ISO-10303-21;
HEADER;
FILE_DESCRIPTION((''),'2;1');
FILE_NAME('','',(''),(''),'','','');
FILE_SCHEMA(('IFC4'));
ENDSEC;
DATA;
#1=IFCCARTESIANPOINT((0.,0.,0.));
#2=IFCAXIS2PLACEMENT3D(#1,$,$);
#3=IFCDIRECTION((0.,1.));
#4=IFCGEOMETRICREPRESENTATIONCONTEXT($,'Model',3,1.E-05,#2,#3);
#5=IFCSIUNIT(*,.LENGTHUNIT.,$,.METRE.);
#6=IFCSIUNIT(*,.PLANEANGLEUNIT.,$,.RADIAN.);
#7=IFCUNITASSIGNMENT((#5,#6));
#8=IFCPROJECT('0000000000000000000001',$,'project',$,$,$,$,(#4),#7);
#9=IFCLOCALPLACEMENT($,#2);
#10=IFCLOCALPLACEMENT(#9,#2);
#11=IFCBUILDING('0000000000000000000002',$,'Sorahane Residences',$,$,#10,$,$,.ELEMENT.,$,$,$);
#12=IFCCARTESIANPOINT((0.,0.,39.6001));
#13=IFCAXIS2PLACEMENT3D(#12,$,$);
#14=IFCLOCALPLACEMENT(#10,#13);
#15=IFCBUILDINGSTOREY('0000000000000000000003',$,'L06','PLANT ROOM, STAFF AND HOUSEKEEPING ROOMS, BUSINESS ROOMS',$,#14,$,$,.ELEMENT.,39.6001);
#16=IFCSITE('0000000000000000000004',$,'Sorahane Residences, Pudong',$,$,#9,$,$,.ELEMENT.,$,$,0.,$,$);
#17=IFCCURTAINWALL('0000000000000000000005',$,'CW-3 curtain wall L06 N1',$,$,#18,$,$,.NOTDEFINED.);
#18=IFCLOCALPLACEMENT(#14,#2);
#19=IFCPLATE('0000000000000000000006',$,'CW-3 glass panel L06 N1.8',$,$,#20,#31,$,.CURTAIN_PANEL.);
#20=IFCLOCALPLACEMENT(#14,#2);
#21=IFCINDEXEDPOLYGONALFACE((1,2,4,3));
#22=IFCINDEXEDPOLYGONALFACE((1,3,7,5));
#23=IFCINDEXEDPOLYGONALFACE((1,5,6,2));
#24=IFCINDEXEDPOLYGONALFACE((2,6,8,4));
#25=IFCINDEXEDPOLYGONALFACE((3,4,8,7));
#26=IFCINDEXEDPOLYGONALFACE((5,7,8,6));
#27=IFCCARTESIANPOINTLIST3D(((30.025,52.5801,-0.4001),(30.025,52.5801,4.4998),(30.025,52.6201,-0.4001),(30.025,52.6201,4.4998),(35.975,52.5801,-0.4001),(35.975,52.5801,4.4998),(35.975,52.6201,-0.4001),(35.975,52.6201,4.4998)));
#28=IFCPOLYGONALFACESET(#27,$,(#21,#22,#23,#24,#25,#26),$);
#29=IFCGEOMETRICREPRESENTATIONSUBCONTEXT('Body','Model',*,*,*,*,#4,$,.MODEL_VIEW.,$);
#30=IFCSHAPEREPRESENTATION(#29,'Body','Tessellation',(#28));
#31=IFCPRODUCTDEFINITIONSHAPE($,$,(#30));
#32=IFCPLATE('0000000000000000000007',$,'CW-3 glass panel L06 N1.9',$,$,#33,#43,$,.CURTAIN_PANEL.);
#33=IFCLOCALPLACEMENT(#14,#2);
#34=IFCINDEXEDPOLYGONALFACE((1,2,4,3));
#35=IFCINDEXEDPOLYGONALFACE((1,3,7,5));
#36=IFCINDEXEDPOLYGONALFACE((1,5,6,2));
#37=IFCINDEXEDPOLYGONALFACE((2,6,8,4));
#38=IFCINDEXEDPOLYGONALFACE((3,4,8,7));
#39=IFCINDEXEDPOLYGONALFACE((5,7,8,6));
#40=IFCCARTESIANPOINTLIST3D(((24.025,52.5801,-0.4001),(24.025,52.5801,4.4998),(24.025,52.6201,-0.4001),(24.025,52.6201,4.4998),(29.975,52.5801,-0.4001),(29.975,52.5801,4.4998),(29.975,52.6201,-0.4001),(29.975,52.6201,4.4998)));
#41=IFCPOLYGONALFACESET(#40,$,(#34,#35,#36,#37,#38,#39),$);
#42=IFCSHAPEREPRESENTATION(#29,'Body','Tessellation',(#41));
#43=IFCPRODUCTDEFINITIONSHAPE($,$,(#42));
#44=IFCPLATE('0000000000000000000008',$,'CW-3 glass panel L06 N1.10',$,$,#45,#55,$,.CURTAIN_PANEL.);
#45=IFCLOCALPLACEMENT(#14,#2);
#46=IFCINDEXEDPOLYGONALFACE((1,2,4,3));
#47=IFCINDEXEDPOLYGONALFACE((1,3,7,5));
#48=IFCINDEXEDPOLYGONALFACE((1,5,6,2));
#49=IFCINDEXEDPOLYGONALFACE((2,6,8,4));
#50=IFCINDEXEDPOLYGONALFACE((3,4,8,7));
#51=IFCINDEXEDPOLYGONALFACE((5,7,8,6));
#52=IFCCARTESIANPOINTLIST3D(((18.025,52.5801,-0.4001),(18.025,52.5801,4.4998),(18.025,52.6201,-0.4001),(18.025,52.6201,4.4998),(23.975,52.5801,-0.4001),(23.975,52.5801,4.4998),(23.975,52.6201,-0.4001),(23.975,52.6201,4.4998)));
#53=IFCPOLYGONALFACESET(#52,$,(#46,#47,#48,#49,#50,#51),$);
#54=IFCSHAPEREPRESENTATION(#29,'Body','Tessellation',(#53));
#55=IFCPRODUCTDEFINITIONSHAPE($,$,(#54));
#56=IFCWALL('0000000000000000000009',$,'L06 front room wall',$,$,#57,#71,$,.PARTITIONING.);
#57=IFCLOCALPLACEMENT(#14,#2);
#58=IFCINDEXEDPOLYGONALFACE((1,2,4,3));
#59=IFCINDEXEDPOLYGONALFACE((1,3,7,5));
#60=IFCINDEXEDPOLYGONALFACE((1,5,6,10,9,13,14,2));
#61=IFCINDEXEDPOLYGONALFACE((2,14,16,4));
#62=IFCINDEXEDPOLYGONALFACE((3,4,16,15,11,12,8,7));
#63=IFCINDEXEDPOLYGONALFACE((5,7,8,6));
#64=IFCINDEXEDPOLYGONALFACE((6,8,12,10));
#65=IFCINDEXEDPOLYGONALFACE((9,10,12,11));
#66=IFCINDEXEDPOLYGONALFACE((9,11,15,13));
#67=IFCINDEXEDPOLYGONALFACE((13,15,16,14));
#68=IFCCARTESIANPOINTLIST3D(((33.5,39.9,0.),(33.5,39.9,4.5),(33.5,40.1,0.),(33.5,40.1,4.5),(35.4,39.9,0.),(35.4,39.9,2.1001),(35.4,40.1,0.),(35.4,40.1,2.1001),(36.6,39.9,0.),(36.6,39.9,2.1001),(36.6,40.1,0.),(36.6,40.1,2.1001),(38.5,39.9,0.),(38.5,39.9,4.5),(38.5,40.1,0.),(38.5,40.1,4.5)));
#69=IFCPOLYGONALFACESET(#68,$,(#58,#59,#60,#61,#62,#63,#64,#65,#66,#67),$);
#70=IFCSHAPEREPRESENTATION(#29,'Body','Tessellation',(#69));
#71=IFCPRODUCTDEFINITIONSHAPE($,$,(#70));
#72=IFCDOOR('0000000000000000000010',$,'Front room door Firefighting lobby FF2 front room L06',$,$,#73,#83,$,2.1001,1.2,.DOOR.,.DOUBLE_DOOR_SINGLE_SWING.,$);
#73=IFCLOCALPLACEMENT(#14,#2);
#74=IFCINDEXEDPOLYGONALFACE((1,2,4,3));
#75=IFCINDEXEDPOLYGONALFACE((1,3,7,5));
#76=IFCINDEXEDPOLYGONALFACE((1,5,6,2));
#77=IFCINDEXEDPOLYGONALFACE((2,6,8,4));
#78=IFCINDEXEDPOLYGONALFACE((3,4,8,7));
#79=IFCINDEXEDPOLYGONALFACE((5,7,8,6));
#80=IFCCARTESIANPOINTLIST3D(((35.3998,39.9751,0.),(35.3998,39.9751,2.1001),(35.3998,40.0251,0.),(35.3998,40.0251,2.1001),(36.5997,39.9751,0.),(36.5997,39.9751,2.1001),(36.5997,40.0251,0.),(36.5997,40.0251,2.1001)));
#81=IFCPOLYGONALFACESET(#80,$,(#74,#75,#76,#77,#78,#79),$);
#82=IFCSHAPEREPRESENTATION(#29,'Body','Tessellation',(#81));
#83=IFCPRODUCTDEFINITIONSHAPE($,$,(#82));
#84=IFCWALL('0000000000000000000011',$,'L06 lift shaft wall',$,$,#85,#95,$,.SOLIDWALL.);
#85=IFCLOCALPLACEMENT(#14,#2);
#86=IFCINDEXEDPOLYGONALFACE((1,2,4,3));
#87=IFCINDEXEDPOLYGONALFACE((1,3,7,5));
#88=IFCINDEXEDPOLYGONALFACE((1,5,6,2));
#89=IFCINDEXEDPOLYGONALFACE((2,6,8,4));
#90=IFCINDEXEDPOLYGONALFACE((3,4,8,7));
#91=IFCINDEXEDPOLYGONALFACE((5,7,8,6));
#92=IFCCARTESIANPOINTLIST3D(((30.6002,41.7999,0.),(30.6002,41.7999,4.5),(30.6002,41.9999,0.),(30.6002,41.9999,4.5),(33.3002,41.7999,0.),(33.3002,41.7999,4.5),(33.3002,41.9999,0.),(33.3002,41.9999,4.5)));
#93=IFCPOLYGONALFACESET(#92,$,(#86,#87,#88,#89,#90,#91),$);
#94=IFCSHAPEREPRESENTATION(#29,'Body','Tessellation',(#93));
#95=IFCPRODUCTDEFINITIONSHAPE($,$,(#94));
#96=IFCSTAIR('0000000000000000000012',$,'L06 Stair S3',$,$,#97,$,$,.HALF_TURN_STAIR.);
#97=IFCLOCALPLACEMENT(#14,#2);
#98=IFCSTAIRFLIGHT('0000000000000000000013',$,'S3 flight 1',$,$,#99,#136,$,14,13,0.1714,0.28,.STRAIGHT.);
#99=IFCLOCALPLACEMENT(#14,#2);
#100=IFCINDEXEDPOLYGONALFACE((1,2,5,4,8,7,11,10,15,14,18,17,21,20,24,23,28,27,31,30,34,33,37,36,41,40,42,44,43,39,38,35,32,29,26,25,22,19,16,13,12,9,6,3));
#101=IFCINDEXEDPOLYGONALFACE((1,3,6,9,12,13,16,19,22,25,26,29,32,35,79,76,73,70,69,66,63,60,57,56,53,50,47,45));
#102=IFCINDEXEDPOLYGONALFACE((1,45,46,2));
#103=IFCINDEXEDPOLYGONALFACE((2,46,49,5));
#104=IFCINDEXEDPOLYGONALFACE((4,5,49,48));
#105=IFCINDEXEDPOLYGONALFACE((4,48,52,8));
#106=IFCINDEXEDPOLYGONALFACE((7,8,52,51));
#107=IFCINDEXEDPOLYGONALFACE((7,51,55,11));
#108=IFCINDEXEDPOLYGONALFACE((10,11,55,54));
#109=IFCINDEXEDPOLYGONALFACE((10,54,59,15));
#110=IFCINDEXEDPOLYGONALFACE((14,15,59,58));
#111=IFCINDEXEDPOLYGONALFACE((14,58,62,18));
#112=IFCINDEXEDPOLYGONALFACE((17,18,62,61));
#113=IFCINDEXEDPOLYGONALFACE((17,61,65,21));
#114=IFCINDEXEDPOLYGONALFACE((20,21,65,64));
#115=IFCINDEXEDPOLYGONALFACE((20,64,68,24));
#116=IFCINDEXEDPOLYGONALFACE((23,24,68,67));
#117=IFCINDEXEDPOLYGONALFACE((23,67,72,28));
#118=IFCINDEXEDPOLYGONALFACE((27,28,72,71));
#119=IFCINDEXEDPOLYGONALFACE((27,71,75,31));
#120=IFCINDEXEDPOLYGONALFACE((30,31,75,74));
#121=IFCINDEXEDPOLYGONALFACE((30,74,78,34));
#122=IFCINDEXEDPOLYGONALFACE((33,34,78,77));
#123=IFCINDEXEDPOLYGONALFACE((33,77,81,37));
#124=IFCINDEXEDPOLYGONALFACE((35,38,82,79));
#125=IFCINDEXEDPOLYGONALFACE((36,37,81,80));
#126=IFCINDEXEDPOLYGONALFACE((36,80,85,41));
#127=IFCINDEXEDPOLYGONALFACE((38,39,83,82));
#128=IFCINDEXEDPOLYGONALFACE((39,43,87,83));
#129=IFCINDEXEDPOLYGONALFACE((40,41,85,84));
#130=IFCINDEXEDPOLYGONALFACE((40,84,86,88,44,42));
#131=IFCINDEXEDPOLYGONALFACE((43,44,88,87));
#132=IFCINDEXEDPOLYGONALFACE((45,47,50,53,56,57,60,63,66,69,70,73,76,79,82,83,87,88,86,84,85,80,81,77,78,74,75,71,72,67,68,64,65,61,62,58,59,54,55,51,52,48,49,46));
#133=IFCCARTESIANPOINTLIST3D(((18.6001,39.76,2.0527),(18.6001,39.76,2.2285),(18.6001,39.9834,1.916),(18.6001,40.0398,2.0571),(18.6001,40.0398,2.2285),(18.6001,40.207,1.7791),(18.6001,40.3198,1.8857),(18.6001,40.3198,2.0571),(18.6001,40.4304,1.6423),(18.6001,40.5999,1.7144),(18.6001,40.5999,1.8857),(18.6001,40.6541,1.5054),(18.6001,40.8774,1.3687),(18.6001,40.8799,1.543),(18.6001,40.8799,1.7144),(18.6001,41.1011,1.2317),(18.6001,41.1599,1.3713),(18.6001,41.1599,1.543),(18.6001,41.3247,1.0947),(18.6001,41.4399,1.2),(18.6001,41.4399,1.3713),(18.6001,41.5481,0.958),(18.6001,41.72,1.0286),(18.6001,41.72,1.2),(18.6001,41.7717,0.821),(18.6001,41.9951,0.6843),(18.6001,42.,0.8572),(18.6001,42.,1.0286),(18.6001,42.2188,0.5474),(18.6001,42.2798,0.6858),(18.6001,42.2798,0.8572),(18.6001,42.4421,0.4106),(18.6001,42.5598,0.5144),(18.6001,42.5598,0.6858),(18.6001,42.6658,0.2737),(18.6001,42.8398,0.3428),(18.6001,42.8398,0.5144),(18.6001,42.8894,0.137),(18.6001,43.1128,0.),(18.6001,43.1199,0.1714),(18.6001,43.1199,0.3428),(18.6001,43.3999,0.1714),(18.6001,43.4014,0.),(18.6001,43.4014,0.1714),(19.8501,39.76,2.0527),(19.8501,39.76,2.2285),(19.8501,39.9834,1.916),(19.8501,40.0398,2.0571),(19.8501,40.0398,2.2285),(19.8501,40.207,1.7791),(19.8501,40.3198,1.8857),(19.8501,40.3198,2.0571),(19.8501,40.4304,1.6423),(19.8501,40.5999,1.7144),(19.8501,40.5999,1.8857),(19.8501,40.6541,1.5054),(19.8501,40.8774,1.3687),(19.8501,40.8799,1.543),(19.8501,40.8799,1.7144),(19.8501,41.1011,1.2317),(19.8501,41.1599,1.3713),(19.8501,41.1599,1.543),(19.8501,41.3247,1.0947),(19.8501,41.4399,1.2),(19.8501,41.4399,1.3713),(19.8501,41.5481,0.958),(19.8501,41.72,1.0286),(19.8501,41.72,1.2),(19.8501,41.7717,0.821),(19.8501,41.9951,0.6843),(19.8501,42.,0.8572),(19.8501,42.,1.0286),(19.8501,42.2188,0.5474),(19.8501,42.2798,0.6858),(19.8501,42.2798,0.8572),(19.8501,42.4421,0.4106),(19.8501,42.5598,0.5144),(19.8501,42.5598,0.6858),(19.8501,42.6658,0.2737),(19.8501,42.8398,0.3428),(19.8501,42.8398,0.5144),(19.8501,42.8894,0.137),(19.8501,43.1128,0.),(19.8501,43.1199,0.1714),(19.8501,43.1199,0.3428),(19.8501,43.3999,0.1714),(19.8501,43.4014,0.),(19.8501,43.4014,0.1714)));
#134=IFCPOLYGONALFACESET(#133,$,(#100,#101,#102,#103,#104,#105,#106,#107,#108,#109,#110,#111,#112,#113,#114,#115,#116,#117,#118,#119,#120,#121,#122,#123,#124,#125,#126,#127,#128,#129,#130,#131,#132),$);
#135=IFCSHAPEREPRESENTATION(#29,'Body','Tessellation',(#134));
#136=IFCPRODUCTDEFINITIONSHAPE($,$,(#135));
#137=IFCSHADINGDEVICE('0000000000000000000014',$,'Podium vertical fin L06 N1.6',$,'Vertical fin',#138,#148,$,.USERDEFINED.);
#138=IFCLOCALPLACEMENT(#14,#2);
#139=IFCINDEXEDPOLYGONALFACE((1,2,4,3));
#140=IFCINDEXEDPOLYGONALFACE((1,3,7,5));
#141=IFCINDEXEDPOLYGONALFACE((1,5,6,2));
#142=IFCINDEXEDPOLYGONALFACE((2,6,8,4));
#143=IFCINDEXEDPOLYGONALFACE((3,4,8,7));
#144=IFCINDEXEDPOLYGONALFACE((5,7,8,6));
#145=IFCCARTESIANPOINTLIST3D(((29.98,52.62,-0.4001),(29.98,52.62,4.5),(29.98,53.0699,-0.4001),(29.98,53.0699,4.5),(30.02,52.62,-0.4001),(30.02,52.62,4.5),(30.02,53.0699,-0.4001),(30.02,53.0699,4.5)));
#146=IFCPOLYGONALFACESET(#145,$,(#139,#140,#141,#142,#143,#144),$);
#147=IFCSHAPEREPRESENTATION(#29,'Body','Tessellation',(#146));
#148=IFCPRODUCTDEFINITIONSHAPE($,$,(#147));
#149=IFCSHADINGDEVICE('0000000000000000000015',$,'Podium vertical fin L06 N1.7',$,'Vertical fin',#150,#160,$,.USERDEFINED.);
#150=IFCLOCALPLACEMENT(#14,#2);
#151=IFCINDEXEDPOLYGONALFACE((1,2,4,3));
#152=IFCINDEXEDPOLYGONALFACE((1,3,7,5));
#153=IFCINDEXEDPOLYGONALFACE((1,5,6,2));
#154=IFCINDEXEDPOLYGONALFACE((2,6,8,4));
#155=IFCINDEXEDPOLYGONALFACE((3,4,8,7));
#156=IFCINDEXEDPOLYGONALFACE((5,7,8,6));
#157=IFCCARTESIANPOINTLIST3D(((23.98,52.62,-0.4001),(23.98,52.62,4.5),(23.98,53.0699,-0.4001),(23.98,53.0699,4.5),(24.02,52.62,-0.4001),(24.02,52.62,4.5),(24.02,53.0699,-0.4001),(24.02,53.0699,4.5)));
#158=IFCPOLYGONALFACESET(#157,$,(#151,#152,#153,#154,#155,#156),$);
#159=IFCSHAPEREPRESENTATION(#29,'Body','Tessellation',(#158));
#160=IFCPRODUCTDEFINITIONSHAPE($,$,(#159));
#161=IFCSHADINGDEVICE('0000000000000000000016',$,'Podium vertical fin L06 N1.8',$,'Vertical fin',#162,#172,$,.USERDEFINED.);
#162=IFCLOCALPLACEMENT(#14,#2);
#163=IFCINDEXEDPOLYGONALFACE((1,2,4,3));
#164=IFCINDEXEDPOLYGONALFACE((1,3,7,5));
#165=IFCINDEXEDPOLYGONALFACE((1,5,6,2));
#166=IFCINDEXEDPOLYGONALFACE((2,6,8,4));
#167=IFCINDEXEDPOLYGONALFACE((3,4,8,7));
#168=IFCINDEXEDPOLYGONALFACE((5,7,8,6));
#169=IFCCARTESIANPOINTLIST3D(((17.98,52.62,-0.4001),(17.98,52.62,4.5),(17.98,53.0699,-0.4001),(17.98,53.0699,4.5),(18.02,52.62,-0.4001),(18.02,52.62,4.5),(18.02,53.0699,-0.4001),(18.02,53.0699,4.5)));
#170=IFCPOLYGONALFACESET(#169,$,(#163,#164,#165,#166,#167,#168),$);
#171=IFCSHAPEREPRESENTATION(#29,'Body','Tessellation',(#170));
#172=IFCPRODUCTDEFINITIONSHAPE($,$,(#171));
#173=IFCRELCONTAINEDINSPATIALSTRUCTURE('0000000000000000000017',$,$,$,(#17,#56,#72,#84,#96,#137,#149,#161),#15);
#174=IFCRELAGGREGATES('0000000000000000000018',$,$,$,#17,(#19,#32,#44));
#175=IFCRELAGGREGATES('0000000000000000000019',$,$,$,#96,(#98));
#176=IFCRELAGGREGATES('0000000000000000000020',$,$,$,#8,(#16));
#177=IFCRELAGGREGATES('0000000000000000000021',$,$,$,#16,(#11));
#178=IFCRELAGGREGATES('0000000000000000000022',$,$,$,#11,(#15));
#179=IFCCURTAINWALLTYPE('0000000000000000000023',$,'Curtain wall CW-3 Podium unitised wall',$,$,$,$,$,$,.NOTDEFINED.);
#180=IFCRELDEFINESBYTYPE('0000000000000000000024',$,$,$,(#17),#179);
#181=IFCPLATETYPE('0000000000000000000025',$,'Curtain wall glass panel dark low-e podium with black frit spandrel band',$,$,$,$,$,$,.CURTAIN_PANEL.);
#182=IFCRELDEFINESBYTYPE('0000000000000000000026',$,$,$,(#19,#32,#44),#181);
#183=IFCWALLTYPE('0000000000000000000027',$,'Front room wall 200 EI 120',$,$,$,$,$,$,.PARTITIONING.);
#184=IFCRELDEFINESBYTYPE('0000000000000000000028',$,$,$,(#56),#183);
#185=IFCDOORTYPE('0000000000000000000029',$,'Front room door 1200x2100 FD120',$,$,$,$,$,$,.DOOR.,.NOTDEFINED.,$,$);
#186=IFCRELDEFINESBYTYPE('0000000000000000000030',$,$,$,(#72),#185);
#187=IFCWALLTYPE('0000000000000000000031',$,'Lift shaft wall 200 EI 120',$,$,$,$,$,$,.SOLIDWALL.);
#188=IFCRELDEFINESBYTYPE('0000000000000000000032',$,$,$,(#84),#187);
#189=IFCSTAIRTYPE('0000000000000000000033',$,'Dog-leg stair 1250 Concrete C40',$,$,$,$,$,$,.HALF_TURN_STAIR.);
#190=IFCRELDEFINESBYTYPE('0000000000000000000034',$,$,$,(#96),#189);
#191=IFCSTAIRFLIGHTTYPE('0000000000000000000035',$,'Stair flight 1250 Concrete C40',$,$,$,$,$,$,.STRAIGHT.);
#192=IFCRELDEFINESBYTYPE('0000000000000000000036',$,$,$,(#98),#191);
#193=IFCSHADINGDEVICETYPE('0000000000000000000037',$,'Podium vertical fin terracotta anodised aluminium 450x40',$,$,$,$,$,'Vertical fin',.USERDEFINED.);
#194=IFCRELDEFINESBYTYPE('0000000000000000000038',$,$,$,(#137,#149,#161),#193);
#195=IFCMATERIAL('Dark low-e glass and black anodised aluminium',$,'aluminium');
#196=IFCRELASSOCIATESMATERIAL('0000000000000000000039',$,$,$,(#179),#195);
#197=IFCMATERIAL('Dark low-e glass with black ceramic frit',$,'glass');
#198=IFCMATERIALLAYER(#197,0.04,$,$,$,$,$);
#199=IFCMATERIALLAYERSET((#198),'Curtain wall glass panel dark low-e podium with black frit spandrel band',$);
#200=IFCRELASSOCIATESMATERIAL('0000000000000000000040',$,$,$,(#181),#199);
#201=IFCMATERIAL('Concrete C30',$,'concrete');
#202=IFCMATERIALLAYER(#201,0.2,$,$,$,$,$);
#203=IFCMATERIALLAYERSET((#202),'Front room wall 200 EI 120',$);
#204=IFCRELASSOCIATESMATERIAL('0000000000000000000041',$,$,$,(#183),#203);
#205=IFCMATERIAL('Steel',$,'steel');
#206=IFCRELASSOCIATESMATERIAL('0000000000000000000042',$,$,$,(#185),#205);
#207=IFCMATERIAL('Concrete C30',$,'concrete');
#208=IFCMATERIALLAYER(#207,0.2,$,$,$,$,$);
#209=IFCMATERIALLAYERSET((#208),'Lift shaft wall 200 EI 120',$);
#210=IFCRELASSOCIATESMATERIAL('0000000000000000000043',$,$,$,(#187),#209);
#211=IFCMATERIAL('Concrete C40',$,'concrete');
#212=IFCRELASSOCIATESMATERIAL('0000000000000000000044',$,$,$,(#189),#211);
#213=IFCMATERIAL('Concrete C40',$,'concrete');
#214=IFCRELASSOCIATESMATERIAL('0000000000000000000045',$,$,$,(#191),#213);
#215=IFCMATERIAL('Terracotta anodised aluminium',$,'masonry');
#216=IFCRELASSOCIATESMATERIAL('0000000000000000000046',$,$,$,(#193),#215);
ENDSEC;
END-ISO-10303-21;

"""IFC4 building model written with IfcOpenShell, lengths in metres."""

from ifc_helpers import new_model, si_unit, direction, frame, frame_2d, origin, origin_2d, place, context, subcontext, project, spatial, polyline, rectangle, outline, extrude, material, layer, layer_set, material_profile, profile_set, type_object, element, fill, aggregate, save


model = new_model("IFC4")

# Units and contexts
model_context = context("Model", 3, precision=1e-05, world=origin(), true_north=direction((0.0, 1.0)))
body_context = subcontext(model_context, "Body", "Model", "MODEL_VIEW")
ifc_project = project(units=[si_unit("LENGTHUNIT", "METRE"), si_unit("PLANEANGLEUNIT", "RADIAN")], contexts=[model_context])

# Site, building, storey
site_placement = place(None, origin())
site = spatial("IfcSite", under=ifc_project, at=site_placement, Name="Sorahane Residences, Pudong", CompositionType="ELEMENT", RefElevation=0.0)
building_placement = place(site_placement, origin())
building = spatial("IfcBuilding", under=site, at=building_placement, Name="Sorahane Residences", CompositionType="ELEMENT")
storey_placement = place(building_placement, frame((0.0, 0.0, 39.6001)))
storey = spatial("IfcBuildingStorey", under=building, at=storey_placement, Name="L06", Description="PLANT ROOM, STAFF AND HOUSEKEEPING ROOMS, BUSINESS ROOMS", CompositionType="ELEMENT", Elevation=39.6001)

# Curtain wall
ifc_material_1 = material(Name="Dark low-e glass and black anodised aluminium", Category="aluminium")
curtain_wall_type = type_object("IfcCurtainWallType", Name="Curtain wall CW-3 Podium unitised wall", PredefinedType="NOTDEFINED", material=ifc_material_1)
curtain_wall_placement = place(storey_placement, origin())
curtain_wall = element("IfcCurtainWall", 1, at=curtain_wall_placement, inside=storey, type_object=curtain_wall_type, Name="CW-3 curtain wall L06 N1", PredefinedType="NOTDEFINED")

# Plates
ifc_material_2 = material(Name="Dark low-e glass with black ceramic frit", Category="glass")
ifc_layer_1 = layer(ifc_material_2, 0.04)
ifc_layer_set_1 = layer_set([ifc_layer_1], Name="Curtain wall glass panel dark low-e podium with black frit spandrel band")
plate_type = type_object("IfcPlateType", Name="Curtain wall glass panel dark low-e podium with black frit spandrel band", PredefinedType="CURTAIN_PANEL", material=ifc_layer_set_1)
plate_1_placement = place(storey_placement, frame((33.0, 52.6001, -0.4001), z_axis=(0.0, 0.0, 1.0), x_axis=(-1.0, 0.0, 0.0)))
plate_1 = element("IfcPlate", 2, at=plate_1_placement, type_object=plate_type, Name="CW-3 glass panel L06 N1.8", PredefinedType="CURTAIN_PANEL", context=body_context, shape_type="SweptSolid", body=[
    extrude(rectangle(XDim=5.95, YDim=0.04, at=origin_2d()), origin(), (0.0, 0.0, 1.0), 4.8999),
])
plate_2_placement = place(storey_placement, frame((27.0, 52.6001, -0.4001), z_axis=(0.0, 0.0, 1.0), x_axis=(-1.0, 0.0, 0.0)))
plate_2 = element("IfcPlate", 3, at=plate_2_placement, type_object=plate_type, Name="CW-3 glass panel L06 N1.9", PredefinedType="CURTAIN_PANEL", context=body_context, shape_type="SweptSolid", body=[
    extrude(rectangle(XDim=5.95, YDim=0.04, at=origin_2d()), origin(), (0.0, 0.0, 1.0), 4.8999),
])
plate_3_placement = place(storey_placement, frame((21.0, 52.6001, -0.4001), z_axis=(0.0, 0.0, 1.0), x_axis=(-1.0, 0.0, 0.0)))
plate_3 = element("IfcPlate", 4, at=plate_3_placement, type_object=plate_type, Name="CW-3 glass panel L06 N1.10", PredefinedType="CURTAIN_PANEL", context=body_context, shape_type="SweptSolid", body=[
    extrude(rectangle(XDim=5.95, YDim=0.04, at=origin_2d()), origin(), (0.0, 0.0, 1.0), 4.8999),
])
aggregate(curtain_wall, [plate_1, plate_2, plate_3])

# Wall, opening, door
ifc_material_3 = material(Name="Concrete C30", Category="concrete")
ifc_layer_2 = layer(ifc_material_3, 0.2)
ifc_layer_set_2 = layer_set([ifc_layer_2], Name="Front room wall 200 EI 120")
wall_type_1 = type_object("IfcWallType", Name="Front room wall 200 EI 120", PredefinedType="PARTITIONING", material=ifc_layer_set_2)
wall_1_placement = place(storey_placement, frame((33.5, 40.0, 0.0), z_axis=(0.0, 0.0, 1.0), x_axis=(1.0, 0.0, 0.0)))
wall_1 = element("IfcWall", 5, at=wall_1_placement, inside=storey, type_object=wall_type_1, Name="L06 front room wall", PredefinedType="PARTITIONING", context=body_context, shape_type="SweptSolid", body=[
    extrude(rectangle(XDim=5.0, YDim=0.2, at=frame_2d((2.5, 0.0))), origin(), (0.0, 0.0, 1.0), 4.5),
])
opening_placement = place(wall_1_placement, frame((1.8999, 0.0, 0.0)))
opening = element("IfcOpeningElement", 6, at=opening_placement, cuts=wall_1, PredefinedType="OPENING", context=body_context, shape_type="SweptSolid", body=[
    extrude(rectangle(XDim=1.2, YDim=2.1001, at=frame_2d((0.6001, 1.05))), frame((0.0, 0.1099, 0.0), z_axis=(0.0, -1.0, 0.0), x_axis=(1.0, 0.0, 0.0)), (0.0, 0.0, 1.0), 0.22),
])
ifc_material_4 = material(Name="Steel", Category="steel")
door_type = type_object("IfcDoorType", Name="Front room door 1200x2100 FD120", OperationType="NOTDEFINED", PredefinedType="DOOR", material=ifc_material_4)
door_placement = place(opening_placement, frame((1.2, 0.0, 0.0), z_axis=(0.0, 0.0, 1.0), x_axis=(-1.0, 0.0, 0.0)))
door = element("IfcDoor", 7, at=door_placement, inside=storey, type_object=door_type, Name="Front room door Firefighting lobby FF2 front room L06", OperationType="DOUBLE_DOOR_SINGLE_SWING", OverallHeight=2.1001, OverallWidth=1.2, PredefinedType="DOOR", context=body_context, shape_type="SweptSolid", body=[
    extrude(rectangle(XDim=1.2, YDim=2.1001, at=frame_2d((0.6001, 1.05))), frame((0.0, 0.0249, 0.0), z_axis=(0.0, -1.0, 0.0), x_axis=(1.0, 0.0, 0.0)), (0.0, 0.0, 1.0), 0.05),
])
fill(opening, door)

# Wall
ifc_material_5 = material(Name="Concrete C30", Category="concrete")
ifc_layer_3 = layer(ifc_material_5, 0.2)
ifc_layer_set_3 = layer_set([ifc_layer_3], Name="Lift shaft wall 200 EI 120")
wall_type_2 = type_object("IfcWallType", Name="Lift shaft wall 200 EI 120", PredefinedType="SOLIDWALL", material=ifc_layer_set_3)
wall_2_placement = place(storey_placement, frame((30.6001, 41.8999, 0.0), z_axis=(0.0, 0.0, 1.0), x_axis=(1.0, 0.0, 0.0)))
element("IfcWall", 8, at=wall_2_placement, inside=storey, type_object=wall_type_2, Name="L06 lift shaft wall", PredefinedType="SOLIDWALL", context=body_context, shape_type="SweptSolid", body=[
    extrude(rectangle(XDim=2.7, YDim=0.2, at=frame_2d((1.3501, 0.0))), origin(), (0.0, 0.0, 1.0), 4.5),
])

# Stair, stair flight
ifc_material_6 = material(Name="Concrete C40", Category="concrete")
stair_type = type_object("IfcStairType", Name="Dog-leg stair 1250 Concrete C40", PredefinedType="HALF_TURN_STAIR", material=ifc_material_6)
stair_placement = place(storey_placement, origin())
stair = element("IfcStair", 9, at=stair_placement, inside=storey, type_object=stair_type, Name="L06 Stair S3", PredefinedType="HALF_TURN_STAIR")
ifc_material_7 = material(Name="Concrete C40", Category="concrete")
stair_flight_type = type_object("IfcStairFlightType", Name="Stair flight 1250 Concrete C40", PredefinedType="STRAIGHT", material=ifc_material_7)
stair_flight_placement = place(storey_placement, frame((19.2251, 43.3999, 0.0), z_axis=(0.0, 0.0, 1.0), x_axis=(0.0, -1.0, 0.0)))
stair_flight = element("IfcStairFlight", 10, at=stair_flight_placement, type_object=stair_flight_type, Name="S3 flight 1", NumberOfRisers=14, NumberOfTreads=13, PredefinedType="STRAIGHT", RiserHeight=0.1714, TreadLength=0.28, context=body_context, shape_type="SweptSolid", body=[
    extrude(outline(polyline([(-0.0015, 0.0), (-0.0015, 0.1714), (0.0, 0.1714), (0.28, 0.1714), (0.28, 0.3428), (0.5601, 0.3428), (0.5601, 0.5144), (0.8401, 0.5144), (0.8401, 0.6858), (1.1201, 0.6858), (1.1201, 0.8572), (1.3999, 0.8572), (1.3999, 1.0286), (1.6799, 1.0286), (1.6799, 1.2), (1.96, 1.2), (1.96, 1.3713), (2.24, 1.3713), (2.24, 1.543), (2.52, 1.543), (2.52, 1.7144), (2.8, 1.7144), (2.8, 1.8857), (3.0801, 1.8857), (3.0801, 2.0571), (3.3601, 2.0571), (3.3601, 2.2285), (3.6399, 2.2285), (3.6399, 2.3999), (3.6399, 2.0527), (3.4165, 1.916), (3.1929, 1.7791), (2.9695, 1.6423), (2.7458, 1.5054), (2.5225, 1.3687), (2.2988, 1.2317), (2.0752, 1.0947), (1.8518, 0.958), (1.6282, 0.821), (1.4048, 0.6843), (1.1812, 0.5474), (0.9578, 0.4106), (0.7341, 0.2737), (0.5105, 0.137), (0.2871, 0.0), (-0.0015, 0.0)])), frame((0.0, 0.625, 0.0), z_axis=(0.0, -1.0, 0.0), x_axis=(1.0, 0.0, 0.0)), (0.0, 0.0, 1.0), 1.25),
])
aggregate(stair, [stair_flight])

# Shading devices
ifc_material_8 = material(Name="Terracotta anodised aluminium", Category="masonry")
ifc_material_profile_1 = material_profile(ifc_material_8, rectangle(XDim=0.45, YDim=0.04, at=origin_2d()), Name="Podium vertical fin terracotta anodised aluminium 450x40")
ifc_profile_set_1 = profile_set([ifc_material_profile_1], Name="Terracotta anodised aluminium")
shading_device_type = type_object("IfcShadingDeviceType", Name="Podium vertical fin terracotta anodised aluminium 450x40", ElementType="Vertical fin", PredefinedType="USERDEFINED", material=ifc_profile_set_1)
for number, where, z_axis, x_axis, name in (
    (11, (30.0, 52.845, -0.4001), (0.0, 0.0, 1.0), (0.0, 1.0, 0.0), "Podium vertical fin L06 N1.6"),
    (12, (24.0, 52.845, -0.4001), (0.0, 0.0, 1.0), (0.0, 1.0, 0.0), "Podium vertical fin L06 N1.7"),
    (13, (18.0, 52.845, -0.4001), (0.0, 0.0, 1.0), (0.0, 1.0, 0.0), "Podium vertical fin L06 N1.8"),
):
    element("IfcShadingDevice", number, at=place(storey_placement, frame(where, z_axis=z_axis, x_axis=x_axis)), inside=storey, type_object=shading_device_type, Name=name, ObjectType="Vertical fin", PredefinedType="USERDEFINED", context=body_context, shape_type="SweptSolid", body=[
        extrude(rectangle(XDim=0.45, YDim=0.04, at=origin_2d()), origin(), (0.0, 0.0, 1.0), 4.9001),
    ])

save(model, "model.ifc")
